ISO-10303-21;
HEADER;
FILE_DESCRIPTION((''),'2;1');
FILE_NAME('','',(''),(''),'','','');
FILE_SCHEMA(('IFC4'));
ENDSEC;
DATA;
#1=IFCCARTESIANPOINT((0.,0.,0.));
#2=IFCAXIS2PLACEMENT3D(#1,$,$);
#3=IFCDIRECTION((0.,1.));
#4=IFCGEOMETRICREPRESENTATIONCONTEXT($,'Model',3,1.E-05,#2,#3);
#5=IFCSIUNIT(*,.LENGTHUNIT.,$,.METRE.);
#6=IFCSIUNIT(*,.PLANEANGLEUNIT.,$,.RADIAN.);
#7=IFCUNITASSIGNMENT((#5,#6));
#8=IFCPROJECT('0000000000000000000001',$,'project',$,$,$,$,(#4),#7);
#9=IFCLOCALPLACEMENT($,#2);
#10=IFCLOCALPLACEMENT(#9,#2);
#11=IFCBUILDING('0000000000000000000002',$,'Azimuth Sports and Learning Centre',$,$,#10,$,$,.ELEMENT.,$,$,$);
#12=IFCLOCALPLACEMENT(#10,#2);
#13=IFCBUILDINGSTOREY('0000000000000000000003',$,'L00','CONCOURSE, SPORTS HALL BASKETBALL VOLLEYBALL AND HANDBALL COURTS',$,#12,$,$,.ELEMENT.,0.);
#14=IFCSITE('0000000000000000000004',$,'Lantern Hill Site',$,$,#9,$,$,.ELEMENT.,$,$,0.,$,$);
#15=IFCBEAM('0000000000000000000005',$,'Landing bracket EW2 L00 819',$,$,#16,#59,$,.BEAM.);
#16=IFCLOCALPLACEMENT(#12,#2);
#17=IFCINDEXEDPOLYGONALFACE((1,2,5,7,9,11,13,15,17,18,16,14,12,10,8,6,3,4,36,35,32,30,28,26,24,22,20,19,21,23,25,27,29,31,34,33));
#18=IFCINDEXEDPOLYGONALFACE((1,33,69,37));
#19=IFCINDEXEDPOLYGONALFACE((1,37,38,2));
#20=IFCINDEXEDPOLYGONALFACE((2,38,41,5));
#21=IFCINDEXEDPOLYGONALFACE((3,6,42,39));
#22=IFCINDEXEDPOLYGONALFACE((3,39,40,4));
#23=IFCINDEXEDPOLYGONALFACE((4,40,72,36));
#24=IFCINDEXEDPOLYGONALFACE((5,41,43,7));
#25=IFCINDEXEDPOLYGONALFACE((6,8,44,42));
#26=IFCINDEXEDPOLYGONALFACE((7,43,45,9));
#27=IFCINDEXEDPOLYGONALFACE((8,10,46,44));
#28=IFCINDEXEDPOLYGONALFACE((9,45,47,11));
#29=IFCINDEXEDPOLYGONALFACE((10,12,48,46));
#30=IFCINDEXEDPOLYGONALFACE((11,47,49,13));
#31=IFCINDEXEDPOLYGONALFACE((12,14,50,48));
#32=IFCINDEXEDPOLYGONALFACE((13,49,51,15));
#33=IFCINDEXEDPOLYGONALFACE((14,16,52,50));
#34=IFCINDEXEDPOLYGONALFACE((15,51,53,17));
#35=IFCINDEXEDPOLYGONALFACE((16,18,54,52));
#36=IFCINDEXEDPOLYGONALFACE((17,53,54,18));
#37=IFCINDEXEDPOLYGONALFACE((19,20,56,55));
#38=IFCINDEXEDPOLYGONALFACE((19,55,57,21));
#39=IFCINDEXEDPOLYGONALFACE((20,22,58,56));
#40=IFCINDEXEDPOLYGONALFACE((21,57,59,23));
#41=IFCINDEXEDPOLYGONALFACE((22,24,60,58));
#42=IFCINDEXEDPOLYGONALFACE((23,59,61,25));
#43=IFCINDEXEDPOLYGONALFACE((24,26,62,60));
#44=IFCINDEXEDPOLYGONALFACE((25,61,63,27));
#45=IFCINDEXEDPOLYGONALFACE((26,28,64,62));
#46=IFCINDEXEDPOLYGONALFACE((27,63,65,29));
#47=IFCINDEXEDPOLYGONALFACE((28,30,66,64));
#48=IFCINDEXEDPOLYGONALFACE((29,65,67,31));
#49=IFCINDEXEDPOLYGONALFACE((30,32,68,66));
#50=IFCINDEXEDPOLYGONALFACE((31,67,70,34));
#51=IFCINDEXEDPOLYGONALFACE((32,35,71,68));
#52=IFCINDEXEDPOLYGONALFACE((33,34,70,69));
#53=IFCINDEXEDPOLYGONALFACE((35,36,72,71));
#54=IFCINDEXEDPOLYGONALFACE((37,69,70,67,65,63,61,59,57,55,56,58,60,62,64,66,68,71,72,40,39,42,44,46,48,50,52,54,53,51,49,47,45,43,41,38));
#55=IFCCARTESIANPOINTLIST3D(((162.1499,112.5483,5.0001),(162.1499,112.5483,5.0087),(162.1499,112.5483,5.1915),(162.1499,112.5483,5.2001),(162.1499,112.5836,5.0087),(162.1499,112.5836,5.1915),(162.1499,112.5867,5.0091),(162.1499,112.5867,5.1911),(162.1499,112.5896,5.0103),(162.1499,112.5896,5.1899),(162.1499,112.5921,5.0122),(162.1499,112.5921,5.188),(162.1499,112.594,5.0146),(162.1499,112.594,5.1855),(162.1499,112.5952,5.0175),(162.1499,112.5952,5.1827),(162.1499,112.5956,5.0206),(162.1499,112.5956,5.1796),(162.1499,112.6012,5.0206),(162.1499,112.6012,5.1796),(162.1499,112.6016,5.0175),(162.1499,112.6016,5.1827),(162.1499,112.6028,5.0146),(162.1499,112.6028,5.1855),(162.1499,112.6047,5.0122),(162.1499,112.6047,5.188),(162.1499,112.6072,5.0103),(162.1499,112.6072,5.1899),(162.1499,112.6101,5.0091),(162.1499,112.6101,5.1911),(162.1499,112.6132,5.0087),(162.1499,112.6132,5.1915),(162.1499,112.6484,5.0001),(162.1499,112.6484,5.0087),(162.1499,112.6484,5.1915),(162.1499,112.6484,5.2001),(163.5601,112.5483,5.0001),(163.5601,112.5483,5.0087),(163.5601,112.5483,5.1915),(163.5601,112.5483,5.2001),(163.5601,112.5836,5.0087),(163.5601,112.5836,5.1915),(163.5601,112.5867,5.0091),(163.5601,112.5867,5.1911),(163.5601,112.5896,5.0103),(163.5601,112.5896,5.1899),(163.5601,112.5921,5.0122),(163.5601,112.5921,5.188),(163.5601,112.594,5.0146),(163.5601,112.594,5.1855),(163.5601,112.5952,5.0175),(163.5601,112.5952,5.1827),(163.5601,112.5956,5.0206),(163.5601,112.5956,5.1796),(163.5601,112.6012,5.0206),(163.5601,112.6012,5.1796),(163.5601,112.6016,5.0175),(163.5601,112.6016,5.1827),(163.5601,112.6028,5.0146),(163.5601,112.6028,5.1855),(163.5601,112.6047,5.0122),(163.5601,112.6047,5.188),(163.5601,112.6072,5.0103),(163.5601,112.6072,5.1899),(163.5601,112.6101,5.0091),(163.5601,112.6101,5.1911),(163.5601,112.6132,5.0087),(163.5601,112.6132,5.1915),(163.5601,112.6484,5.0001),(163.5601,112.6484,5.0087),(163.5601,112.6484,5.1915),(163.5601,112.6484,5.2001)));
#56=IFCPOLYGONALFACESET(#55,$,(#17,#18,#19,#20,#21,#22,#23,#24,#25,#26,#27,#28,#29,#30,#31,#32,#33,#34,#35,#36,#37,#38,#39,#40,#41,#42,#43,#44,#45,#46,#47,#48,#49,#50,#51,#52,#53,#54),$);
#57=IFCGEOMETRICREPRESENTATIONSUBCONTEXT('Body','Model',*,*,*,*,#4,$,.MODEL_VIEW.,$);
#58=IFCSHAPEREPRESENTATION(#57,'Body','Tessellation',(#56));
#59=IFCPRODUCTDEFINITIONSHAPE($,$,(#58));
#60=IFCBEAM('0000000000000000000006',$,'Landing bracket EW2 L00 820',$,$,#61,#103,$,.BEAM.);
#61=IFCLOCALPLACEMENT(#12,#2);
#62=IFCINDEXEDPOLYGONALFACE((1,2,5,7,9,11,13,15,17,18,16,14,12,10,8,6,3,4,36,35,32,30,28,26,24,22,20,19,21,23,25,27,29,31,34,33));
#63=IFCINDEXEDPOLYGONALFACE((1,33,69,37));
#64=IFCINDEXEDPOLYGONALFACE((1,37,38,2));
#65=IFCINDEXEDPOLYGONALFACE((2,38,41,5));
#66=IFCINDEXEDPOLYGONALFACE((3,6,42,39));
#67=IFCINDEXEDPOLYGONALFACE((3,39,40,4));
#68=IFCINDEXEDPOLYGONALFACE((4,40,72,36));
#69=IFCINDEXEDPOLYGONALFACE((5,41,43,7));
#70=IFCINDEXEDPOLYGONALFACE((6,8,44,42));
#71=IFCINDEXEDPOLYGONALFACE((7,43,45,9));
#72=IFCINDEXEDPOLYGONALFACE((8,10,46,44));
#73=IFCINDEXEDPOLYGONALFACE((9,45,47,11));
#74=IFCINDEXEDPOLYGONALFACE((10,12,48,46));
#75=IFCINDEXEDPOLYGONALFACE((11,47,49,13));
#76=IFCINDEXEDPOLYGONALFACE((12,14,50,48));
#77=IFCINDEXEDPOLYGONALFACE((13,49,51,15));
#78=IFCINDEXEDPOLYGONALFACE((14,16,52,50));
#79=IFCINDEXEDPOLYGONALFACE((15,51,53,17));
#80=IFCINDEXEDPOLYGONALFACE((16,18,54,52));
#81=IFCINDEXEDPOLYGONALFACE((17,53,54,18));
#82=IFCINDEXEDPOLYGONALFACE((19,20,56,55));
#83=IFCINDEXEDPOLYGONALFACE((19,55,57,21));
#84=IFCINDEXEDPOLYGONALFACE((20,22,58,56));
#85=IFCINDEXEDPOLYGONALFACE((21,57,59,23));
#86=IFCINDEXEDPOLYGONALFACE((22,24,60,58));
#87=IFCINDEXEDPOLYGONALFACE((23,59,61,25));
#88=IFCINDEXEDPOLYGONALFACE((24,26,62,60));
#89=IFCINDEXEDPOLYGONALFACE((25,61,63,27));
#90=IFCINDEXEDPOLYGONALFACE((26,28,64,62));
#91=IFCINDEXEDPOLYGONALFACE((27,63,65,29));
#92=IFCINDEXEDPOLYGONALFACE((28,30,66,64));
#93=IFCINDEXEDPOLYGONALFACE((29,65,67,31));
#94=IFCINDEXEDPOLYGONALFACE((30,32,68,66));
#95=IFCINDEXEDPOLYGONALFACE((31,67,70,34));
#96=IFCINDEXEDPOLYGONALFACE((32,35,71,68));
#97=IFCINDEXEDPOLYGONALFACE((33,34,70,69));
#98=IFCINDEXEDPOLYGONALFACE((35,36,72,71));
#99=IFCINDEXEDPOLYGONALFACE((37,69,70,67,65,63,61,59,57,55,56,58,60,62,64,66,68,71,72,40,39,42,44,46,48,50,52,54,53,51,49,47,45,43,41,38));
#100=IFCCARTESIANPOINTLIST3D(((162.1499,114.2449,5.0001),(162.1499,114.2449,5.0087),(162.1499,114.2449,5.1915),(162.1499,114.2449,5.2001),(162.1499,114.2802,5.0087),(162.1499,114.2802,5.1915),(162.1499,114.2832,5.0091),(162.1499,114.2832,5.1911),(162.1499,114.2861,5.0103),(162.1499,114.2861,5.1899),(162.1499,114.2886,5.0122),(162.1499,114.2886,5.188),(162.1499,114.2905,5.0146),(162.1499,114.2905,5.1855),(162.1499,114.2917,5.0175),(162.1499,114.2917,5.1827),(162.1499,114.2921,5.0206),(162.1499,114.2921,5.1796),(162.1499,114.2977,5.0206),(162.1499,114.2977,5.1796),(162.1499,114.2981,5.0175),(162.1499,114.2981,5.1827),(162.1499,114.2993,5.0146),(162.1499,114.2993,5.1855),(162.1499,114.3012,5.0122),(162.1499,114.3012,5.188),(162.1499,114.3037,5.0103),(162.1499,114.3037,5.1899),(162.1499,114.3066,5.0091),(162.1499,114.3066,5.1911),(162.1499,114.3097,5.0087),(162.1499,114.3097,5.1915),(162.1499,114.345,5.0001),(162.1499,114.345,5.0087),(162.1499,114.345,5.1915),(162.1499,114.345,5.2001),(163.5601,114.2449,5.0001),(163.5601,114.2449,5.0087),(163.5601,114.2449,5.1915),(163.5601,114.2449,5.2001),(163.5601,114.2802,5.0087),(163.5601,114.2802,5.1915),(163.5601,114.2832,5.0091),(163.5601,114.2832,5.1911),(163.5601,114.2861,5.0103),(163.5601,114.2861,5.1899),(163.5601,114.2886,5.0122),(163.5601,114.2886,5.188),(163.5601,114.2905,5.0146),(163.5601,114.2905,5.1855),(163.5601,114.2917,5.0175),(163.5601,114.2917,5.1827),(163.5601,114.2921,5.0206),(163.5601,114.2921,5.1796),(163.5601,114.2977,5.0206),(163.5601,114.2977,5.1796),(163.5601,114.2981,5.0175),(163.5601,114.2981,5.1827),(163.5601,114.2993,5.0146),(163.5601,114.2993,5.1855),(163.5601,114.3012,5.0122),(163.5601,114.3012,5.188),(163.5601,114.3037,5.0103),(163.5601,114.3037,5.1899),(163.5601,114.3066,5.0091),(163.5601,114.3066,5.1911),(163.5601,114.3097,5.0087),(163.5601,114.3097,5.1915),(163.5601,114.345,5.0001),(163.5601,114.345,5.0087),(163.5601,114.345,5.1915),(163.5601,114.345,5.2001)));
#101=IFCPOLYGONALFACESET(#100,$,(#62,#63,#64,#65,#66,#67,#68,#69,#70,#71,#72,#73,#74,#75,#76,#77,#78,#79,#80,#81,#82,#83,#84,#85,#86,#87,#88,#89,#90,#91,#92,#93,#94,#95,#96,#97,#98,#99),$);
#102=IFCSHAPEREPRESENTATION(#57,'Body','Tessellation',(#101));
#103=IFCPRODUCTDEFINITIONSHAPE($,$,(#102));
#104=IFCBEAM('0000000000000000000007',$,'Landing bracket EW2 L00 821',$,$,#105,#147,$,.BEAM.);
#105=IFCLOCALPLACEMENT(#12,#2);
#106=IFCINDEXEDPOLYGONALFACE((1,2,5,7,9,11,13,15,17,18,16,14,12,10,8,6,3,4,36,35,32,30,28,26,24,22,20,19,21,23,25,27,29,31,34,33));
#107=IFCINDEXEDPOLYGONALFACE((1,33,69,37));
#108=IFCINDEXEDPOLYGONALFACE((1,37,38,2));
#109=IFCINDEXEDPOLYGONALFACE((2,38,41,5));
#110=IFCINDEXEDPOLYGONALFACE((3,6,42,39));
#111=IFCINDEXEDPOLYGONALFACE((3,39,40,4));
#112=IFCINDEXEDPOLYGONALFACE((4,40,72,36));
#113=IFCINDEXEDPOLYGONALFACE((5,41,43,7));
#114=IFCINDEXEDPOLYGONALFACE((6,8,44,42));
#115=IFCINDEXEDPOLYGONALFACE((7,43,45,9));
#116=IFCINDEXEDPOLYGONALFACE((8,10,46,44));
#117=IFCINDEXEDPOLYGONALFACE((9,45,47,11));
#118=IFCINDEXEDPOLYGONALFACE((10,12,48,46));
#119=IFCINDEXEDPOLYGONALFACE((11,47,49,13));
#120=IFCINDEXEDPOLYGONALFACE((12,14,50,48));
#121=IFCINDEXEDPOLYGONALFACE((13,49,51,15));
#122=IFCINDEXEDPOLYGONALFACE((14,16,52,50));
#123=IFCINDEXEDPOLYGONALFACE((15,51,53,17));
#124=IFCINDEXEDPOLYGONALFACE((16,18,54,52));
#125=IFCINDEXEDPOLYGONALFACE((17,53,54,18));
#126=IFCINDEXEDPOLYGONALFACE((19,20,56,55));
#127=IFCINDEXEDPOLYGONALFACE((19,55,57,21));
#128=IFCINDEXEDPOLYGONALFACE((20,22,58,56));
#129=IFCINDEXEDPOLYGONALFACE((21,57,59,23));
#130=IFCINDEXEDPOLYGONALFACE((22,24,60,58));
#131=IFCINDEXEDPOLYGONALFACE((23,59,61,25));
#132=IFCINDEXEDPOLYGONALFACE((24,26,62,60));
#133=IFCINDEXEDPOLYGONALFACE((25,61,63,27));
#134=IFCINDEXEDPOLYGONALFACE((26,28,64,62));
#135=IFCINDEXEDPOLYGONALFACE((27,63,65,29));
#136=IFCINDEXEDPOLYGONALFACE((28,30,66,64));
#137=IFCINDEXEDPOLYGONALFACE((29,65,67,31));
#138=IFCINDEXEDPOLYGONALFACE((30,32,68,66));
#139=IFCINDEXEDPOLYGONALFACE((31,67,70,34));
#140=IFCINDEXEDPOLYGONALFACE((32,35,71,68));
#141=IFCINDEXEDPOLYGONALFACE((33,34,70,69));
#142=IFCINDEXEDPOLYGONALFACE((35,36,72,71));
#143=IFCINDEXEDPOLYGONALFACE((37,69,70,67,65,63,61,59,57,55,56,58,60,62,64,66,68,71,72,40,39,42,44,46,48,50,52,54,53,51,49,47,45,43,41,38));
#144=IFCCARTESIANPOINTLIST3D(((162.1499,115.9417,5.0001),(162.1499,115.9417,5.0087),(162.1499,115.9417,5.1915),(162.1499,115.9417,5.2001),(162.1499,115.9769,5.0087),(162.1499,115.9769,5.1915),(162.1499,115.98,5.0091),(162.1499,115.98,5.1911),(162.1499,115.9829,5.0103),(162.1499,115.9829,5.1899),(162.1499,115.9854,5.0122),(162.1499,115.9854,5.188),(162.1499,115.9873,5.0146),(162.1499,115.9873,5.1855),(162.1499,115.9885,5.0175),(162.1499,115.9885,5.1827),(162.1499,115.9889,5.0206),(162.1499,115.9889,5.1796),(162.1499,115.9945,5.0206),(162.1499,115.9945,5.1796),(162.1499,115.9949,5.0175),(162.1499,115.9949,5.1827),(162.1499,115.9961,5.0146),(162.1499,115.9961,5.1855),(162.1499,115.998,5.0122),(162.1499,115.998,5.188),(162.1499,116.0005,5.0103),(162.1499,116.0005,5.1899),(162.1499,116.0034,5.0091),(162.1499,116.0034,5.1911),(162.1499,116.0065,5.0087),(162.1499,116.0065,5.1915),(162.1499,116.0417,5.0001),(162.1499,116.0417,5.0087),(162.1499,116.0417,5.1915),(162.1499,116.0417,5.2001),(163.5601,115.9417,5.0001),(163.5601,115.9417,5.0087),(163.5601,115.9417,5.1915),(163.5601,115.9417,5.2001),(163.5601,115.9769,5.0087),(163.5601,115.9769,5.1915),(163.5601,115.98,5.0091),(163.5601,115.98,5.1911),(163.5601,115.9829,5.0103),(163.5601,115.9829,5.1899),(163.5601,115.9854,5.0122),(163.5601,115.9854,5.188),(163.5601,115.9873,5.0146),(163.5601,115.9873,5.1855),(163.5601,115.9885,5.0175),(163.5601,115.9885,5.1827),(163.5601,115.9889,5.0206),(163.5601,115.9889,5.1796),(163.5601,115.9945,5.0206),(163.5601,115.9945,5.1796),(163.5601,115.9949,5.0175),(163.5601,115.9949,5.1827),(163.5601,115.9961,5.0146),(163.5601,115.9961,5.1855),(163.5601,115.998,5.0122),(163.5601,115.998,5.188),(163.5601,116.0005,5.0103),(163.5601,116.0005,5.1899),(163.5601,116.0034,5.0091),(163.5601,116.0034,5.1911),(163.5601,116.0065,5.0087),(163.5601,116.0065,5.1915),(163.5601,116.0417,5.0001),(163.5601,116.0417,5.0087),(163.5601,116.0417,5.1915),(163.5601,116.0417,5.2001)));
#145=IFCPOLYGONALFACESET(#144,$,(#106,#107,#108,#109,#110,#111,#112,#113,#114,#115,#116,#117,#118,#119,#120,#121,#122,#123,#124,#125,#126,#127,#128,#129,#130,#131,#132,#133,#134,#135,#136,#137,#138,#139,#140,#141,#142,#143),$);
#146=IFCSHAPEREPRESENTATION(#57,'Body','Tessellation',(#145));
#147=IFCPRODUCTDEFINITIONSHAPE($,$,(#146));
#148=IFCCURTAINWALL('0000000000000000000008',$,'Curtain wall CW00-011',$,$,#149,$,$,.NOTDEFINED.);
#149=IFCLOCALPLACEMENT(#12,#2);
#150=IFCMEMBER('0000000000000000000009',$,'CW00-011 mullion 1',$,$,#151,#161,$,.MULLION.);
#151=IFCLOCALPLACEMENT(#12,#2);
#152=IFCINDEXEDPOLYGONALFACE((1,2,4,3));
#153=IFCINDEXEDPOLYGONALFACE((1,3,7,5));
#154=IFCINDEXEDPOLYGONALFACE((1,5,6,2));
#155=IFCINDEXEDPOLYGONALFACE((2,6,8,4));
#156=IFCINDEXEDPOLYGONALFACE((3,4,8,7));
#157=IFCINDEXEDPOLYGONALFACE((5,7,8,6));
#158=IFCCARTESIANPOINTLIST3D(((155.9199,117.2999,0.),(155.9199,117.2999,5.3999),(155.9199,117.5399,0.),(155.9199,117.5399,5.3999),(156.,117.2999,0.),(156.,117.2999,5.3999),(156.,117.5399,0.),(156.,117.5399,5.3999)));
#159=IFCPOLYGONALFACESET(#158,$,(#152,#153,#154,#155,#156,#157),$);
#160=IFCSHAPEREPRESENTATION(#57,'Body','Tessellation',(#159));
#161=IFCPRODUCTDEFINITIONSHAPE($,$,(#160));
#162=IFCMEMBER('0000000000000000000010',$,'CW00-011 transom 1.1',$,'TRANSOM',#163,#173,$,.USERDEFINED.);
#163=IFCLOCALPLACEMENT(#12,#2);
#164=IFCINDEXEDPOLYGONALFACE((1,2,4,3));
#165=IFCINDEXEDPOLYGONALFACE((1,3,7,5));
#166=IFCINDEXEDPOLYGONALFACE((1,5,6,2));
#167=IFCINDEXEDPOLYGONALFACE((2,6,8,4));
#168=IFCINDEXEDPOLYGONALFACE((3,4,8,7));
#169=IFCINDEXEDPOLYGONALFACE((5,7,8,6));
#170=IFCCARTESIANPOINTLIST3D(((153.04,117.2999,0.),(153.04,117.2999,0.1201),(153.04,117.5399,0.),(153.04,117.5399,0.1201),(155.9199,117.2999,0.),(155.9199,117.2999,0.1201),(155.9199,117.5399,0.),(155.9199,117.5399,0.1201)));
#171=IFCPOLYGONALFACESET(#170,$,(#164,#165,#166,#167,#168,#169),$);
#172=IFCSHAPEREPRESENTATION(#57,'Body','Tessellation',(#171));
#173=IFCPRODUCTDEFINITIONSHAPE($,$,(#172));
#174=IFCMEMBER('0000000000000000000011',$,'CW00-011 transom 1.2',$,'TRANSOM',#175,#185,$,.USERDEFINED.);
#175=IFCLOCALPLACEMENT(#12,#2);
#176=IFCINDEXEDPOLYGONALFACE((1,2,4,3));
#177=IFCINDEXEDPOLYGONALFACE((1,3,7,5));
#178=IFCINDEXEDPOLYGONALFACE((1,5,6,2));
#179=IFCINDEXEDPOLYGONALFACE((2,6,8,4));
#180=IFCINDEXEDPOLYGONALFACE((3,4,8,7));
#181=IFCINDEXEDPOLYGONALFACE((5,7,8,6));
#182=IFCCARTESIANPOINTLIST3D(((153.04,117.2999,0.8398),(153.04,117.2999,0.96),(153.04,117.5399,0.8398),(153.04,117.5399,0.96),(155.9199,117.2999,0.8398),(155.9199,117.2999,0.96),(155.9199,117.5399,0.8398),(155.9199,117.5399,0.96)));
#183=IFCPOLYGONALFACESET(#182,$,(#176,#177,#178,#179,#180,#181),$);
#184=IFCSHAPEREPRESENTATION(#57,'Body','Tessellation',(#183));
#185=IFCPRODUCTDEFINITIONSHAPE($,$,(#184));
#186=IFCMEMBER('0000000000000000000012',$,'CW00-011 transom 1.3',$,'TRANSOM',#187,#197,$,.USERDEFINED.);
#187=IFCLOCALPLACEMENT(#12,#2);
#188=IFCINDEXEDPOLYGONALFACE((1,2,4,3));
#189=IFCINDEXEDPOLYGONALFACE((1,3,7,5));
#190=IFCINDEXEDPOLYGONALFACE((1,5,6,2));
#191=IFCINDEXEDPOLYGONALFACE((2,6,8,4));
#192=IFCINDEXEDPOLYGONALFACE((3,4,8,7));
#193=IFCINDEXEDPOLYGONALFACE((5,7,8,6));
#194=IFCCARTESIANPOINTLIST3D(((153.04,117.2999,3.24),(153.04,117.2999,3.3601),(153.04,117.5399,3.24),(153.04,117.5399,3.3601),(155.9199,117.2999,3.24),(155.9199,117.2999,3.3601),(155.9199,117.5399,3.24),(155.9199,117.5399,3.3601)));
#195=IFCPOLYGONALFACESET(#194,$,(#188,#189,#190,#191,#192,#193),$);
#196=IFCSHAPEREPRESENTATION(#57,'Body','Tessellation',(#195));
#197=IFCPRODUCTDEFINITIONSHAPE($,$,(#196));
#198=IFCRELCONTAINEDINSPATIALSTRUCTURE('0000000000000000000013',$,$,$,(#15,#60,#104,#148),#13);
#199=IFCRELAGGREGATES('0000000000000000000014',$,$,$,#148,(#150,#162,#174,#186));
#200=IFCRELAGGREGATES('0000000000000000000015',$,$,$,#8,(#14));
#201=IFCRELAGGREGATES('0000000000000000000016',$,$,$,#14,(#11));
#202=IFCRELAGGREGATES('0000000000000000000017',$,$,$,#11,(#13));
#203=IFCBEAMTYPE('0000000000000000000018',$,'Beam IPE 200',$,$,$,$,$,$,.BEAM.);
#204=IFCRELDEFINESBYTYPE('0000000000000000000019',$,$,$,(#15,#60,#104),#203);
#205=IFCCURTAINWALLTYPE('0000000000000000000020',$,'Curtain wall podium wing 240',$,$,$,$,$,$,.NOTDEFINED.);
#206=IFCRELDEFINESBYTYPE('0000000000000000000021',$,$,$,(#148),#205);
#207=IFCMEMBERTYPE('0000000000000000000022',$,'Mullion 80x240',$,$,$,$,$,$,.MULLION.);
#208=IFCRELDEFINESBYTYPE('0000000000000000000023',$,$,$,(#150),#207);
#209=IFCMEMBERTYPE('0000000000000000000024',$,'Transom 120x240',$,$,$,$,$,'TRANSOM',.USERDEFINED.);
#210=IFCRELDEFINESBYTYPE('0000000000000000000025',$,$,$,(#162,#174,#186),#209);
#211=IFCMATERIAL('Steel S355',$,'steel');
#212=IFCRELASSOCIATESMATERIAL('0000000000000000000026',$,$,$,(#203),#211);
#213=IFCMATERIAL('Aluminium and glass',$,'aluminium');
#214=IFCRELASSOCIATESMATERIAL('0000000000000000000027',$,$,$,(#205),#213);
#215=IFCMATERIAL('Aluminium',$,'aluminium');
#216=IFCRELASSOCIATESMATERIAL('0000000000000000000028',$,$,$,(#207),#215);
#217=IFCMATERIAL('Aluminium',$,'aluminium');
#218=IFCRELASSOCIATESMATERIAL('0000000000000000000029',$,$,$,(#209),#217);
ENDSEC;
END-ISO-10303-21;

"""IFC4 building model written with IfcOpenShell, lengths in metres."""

from ifc_helpers import new_model, si_unit, direction, frame, origin, origin_2d, place, context, subcontext, project, spatial, rectangle, i_section, extrude, material, material_profile, profile_set, type_object, element, aggregate, save


model = new_model("IFC4")

# Units and contexts
model_context = context("Model", 3, precision=1e-05, world=origin(), true_north=direction((0.0, 1.0)))
body_context = subcontext(model_context, "Body", "Model", "MODEL_VIEW")
ifc_project = project(units=[si_unit("LENGTHUNIT", "METRE"), si_unit("PLANEANGLEUNIT", "RADIAN")], contexts=[model_context])

# Site, building, storey
site_placement = place(None, origin())
site = spatial("IfcSite", under=ifc_project, at=site_placement, Name="Lantern Hill Site", CompositionType="ELEMENT", RefElevation=0.0)
building_placement = place(site_placement, origin())
building = spatial("IfcBuilding", under=site, at=building_placement, Name="Azimuth Sports and Learning Centre", CompositionType="ELEMENT")
storey_placement = place(building_placement, origin())
storey = spatial("IfcBuildingStorey", under=building, at=storey_placement, Name="L00", Description="CONCOURSE, SPORTS HALL BASKETBALL VOLLEYBALL AND HANDBALL COURTS", CompositionType="ELEMENT", Elevation=0.0)

# Beams
ifc_material_1 = material(Name="Steel S355", Category="steel")
ifc_material_profile_1 = material_profile(ifc_material_1, i_section(OverallWidth=0.1001, OverallDepth=0.2, WebThickness=0.0056, FlangeThickness=0.0085, FilletRadius=0.012, at=origin_2d()), Name="IPE 200")
ifc_profile_set_1 = profile_set([ifc_material_profile_1], Name="Steel S355")
beam_type = type_object("IfcBeamType", Name="Beam IPE 200", PredefinedType="BEAM", material=ifc_profile_set_1)
for number, where, z_axis, x_axis, name in (
    (1, (162.1499, 112.5984, 5.1001), (1.0, 0.0, 0.0), (0.0, 1.0, 0.0), "Landing bracket EW2 L00 819"),
    (2, (162.1499, 114.2949, 5.1001), (1.0, 0.0, 0.0), (0.0, 1.0, 0.0), "Landing bracket EW2 L00 820"),
    (3, (162.1499, 115.9917, 5.1001), (1.0, 0.0, 0.0), (0.0, 1.0, 0.0), "Landing bracket EW2 L00 821"),
):
    element("IfcBeam", number, at=place(storey_placement, frame(where, z_axis=z_axis, x_axis=x_axis)), inside=storey, type_object=beam_type, Name=name, PredefinedType="BEAM", context=body_context, shape_type="SweptSolid", body=[
        extrude(i_section(OverallWidth=0.1001, OverallDepth=0.2, WebThickness=0.0056, FlangeThickness=0.0085, FilletRadius=0.012, at=origin_2d()), origin(), (0.0, 0.0, 1.0), 1.4102),
    ])

# Curtain wall, members
ifc_material_2 = material(Name="Aluminium and glass", Category="aluminium")
curtain_wall_type = type_object("IfcCurtainWallType", Name="Curtain wall podium wing 240", PredefinedType="NOTDEFINED", material=ifc_material_2)
curtain_wall_placement = place(storey_placement, origin())
curtain_wall = element("IfcCurtainWall", 4, at=curtain_wall_placement, inside=storey, type_object=curtain_wall_type, Name="Curtain wall CW00-011", PredefinedType="NOTDEFINED")
ifc_material_3 = material(Name="Aluminium", Category="aluminium")
ifc_material_profile_2 = material_profile(ifc_material_3, rectangle(XDim=0.24, YDim=0.0801, at=origin_2d()), Name="Mullion 80x240")
ifc_profile_set_2 = profile_set([ifc_material_profile_2], Name="Aluminium")
member_type_1 = type_object("IfcMemberType", Name="Mullion 80x240", PredefinedType="MULLION", material=ifc_profile_set_2)
member_1_placement = place(storey_placement, frame((155.96, 117.4199, 0.0), z_axis=(0.0, 0.0, 1.0), x_axis=(0.0, -1.0, 0.0)))
member_1 = element("IfcMember", 5, at=member_1_placement, type_object=member_type_1, Name="CW00-011 mullion 1", PredefinedType="MULLION", context=body_context, shape_type="SweptSolid", body=[
    extrude(rectangle(XDim=0.24, YDim=0.0801, at=origin_2d()), origin(), (0.0, 0.0, 1.0), 5.3999),
])
ifc_material_4 = material(Name="Aluminium", Category="aluminium")
ifc_material_profile_3 = material_profile(ifc_material_4, rectangle(XDim=0.24, YDim=0.1201, at=origin_2d()), Name="Transom 120x240")
ifc_profile_set_3 = profile_set([ifc_material_profile_3], Name="Aluminium")
member_type_2 = type_object("IfcMemberType", Name="Transom 120x240", ElementType="TRANSOM", PredefinedType="USERDEFINED", material=ifc_profile_set_3)
member_2_placement = place(storey_placement, frame((155.9199, 117.4199, 0.0601), z_axis=(-1.0, 0.0, 0.0), x_axis=(0.0, -1.0, 0.0)))
member_2 = element("IfcMember", 6, at=member_2_placement, type_object=member_type_2, Name="CW00-011 transom 1.1", ObjectType="TRANSOM", PredefinedType="USERDEFINED", context=body_context, shape_type="SweptSolid", body=[
    extrude(rectangle(XDim=0.24, YDim=0.1201, at=origin_2d()), origin(), (0.0, 0.0, 1.0), 2.8799),
])
member_3_placement = place(storey_placement, frame((155.9199, 117.4199, 0.8999), z_axis=(-1.0, 0.0, 0.0), x_axis=(0.0, -1.0, 0.0)))
member_3 = element("IfcMember", 7, at=member_3_placement, type_object=member_type_2, Name="CW00-011 transom 1.2", ObjectType="TRANSOM", PredefinedType="USERDEFINED", context=body_context, shape_type="SweptSolid", body=[
    extrude(rectangle(XDim=0.24, YDim=0.1201, at=origin_2d()), origin(), (0.0, 0.0, 1.0), 2.8799),
])
member_4_placement = place(storey_placement, frame((155.9199, 117.4199, 3.3), z_axis=(-1.0, 0.0, 0.0), x_axis=(0.0, -1.0, 0.0)))
member_4 = element("IfcMember", 8, at=member_4_placement, type_object=member_type_2, Name="CW00-011 transom 1.3", ObjectType="TRANSOM", PredefinedType="USERDEFINED", context=body_context, shape_type="SweptSolid", body=[
    extrude(rectangle(XDim=0.24, YDim=0.1201, at=origin_2d()), origin(), (0.0, 0.0, 1.0), 2.8799),
])
aggregate(curtain_wall, [member_1, member_2, member_3, member_4])

save(model, "model.ifc")
